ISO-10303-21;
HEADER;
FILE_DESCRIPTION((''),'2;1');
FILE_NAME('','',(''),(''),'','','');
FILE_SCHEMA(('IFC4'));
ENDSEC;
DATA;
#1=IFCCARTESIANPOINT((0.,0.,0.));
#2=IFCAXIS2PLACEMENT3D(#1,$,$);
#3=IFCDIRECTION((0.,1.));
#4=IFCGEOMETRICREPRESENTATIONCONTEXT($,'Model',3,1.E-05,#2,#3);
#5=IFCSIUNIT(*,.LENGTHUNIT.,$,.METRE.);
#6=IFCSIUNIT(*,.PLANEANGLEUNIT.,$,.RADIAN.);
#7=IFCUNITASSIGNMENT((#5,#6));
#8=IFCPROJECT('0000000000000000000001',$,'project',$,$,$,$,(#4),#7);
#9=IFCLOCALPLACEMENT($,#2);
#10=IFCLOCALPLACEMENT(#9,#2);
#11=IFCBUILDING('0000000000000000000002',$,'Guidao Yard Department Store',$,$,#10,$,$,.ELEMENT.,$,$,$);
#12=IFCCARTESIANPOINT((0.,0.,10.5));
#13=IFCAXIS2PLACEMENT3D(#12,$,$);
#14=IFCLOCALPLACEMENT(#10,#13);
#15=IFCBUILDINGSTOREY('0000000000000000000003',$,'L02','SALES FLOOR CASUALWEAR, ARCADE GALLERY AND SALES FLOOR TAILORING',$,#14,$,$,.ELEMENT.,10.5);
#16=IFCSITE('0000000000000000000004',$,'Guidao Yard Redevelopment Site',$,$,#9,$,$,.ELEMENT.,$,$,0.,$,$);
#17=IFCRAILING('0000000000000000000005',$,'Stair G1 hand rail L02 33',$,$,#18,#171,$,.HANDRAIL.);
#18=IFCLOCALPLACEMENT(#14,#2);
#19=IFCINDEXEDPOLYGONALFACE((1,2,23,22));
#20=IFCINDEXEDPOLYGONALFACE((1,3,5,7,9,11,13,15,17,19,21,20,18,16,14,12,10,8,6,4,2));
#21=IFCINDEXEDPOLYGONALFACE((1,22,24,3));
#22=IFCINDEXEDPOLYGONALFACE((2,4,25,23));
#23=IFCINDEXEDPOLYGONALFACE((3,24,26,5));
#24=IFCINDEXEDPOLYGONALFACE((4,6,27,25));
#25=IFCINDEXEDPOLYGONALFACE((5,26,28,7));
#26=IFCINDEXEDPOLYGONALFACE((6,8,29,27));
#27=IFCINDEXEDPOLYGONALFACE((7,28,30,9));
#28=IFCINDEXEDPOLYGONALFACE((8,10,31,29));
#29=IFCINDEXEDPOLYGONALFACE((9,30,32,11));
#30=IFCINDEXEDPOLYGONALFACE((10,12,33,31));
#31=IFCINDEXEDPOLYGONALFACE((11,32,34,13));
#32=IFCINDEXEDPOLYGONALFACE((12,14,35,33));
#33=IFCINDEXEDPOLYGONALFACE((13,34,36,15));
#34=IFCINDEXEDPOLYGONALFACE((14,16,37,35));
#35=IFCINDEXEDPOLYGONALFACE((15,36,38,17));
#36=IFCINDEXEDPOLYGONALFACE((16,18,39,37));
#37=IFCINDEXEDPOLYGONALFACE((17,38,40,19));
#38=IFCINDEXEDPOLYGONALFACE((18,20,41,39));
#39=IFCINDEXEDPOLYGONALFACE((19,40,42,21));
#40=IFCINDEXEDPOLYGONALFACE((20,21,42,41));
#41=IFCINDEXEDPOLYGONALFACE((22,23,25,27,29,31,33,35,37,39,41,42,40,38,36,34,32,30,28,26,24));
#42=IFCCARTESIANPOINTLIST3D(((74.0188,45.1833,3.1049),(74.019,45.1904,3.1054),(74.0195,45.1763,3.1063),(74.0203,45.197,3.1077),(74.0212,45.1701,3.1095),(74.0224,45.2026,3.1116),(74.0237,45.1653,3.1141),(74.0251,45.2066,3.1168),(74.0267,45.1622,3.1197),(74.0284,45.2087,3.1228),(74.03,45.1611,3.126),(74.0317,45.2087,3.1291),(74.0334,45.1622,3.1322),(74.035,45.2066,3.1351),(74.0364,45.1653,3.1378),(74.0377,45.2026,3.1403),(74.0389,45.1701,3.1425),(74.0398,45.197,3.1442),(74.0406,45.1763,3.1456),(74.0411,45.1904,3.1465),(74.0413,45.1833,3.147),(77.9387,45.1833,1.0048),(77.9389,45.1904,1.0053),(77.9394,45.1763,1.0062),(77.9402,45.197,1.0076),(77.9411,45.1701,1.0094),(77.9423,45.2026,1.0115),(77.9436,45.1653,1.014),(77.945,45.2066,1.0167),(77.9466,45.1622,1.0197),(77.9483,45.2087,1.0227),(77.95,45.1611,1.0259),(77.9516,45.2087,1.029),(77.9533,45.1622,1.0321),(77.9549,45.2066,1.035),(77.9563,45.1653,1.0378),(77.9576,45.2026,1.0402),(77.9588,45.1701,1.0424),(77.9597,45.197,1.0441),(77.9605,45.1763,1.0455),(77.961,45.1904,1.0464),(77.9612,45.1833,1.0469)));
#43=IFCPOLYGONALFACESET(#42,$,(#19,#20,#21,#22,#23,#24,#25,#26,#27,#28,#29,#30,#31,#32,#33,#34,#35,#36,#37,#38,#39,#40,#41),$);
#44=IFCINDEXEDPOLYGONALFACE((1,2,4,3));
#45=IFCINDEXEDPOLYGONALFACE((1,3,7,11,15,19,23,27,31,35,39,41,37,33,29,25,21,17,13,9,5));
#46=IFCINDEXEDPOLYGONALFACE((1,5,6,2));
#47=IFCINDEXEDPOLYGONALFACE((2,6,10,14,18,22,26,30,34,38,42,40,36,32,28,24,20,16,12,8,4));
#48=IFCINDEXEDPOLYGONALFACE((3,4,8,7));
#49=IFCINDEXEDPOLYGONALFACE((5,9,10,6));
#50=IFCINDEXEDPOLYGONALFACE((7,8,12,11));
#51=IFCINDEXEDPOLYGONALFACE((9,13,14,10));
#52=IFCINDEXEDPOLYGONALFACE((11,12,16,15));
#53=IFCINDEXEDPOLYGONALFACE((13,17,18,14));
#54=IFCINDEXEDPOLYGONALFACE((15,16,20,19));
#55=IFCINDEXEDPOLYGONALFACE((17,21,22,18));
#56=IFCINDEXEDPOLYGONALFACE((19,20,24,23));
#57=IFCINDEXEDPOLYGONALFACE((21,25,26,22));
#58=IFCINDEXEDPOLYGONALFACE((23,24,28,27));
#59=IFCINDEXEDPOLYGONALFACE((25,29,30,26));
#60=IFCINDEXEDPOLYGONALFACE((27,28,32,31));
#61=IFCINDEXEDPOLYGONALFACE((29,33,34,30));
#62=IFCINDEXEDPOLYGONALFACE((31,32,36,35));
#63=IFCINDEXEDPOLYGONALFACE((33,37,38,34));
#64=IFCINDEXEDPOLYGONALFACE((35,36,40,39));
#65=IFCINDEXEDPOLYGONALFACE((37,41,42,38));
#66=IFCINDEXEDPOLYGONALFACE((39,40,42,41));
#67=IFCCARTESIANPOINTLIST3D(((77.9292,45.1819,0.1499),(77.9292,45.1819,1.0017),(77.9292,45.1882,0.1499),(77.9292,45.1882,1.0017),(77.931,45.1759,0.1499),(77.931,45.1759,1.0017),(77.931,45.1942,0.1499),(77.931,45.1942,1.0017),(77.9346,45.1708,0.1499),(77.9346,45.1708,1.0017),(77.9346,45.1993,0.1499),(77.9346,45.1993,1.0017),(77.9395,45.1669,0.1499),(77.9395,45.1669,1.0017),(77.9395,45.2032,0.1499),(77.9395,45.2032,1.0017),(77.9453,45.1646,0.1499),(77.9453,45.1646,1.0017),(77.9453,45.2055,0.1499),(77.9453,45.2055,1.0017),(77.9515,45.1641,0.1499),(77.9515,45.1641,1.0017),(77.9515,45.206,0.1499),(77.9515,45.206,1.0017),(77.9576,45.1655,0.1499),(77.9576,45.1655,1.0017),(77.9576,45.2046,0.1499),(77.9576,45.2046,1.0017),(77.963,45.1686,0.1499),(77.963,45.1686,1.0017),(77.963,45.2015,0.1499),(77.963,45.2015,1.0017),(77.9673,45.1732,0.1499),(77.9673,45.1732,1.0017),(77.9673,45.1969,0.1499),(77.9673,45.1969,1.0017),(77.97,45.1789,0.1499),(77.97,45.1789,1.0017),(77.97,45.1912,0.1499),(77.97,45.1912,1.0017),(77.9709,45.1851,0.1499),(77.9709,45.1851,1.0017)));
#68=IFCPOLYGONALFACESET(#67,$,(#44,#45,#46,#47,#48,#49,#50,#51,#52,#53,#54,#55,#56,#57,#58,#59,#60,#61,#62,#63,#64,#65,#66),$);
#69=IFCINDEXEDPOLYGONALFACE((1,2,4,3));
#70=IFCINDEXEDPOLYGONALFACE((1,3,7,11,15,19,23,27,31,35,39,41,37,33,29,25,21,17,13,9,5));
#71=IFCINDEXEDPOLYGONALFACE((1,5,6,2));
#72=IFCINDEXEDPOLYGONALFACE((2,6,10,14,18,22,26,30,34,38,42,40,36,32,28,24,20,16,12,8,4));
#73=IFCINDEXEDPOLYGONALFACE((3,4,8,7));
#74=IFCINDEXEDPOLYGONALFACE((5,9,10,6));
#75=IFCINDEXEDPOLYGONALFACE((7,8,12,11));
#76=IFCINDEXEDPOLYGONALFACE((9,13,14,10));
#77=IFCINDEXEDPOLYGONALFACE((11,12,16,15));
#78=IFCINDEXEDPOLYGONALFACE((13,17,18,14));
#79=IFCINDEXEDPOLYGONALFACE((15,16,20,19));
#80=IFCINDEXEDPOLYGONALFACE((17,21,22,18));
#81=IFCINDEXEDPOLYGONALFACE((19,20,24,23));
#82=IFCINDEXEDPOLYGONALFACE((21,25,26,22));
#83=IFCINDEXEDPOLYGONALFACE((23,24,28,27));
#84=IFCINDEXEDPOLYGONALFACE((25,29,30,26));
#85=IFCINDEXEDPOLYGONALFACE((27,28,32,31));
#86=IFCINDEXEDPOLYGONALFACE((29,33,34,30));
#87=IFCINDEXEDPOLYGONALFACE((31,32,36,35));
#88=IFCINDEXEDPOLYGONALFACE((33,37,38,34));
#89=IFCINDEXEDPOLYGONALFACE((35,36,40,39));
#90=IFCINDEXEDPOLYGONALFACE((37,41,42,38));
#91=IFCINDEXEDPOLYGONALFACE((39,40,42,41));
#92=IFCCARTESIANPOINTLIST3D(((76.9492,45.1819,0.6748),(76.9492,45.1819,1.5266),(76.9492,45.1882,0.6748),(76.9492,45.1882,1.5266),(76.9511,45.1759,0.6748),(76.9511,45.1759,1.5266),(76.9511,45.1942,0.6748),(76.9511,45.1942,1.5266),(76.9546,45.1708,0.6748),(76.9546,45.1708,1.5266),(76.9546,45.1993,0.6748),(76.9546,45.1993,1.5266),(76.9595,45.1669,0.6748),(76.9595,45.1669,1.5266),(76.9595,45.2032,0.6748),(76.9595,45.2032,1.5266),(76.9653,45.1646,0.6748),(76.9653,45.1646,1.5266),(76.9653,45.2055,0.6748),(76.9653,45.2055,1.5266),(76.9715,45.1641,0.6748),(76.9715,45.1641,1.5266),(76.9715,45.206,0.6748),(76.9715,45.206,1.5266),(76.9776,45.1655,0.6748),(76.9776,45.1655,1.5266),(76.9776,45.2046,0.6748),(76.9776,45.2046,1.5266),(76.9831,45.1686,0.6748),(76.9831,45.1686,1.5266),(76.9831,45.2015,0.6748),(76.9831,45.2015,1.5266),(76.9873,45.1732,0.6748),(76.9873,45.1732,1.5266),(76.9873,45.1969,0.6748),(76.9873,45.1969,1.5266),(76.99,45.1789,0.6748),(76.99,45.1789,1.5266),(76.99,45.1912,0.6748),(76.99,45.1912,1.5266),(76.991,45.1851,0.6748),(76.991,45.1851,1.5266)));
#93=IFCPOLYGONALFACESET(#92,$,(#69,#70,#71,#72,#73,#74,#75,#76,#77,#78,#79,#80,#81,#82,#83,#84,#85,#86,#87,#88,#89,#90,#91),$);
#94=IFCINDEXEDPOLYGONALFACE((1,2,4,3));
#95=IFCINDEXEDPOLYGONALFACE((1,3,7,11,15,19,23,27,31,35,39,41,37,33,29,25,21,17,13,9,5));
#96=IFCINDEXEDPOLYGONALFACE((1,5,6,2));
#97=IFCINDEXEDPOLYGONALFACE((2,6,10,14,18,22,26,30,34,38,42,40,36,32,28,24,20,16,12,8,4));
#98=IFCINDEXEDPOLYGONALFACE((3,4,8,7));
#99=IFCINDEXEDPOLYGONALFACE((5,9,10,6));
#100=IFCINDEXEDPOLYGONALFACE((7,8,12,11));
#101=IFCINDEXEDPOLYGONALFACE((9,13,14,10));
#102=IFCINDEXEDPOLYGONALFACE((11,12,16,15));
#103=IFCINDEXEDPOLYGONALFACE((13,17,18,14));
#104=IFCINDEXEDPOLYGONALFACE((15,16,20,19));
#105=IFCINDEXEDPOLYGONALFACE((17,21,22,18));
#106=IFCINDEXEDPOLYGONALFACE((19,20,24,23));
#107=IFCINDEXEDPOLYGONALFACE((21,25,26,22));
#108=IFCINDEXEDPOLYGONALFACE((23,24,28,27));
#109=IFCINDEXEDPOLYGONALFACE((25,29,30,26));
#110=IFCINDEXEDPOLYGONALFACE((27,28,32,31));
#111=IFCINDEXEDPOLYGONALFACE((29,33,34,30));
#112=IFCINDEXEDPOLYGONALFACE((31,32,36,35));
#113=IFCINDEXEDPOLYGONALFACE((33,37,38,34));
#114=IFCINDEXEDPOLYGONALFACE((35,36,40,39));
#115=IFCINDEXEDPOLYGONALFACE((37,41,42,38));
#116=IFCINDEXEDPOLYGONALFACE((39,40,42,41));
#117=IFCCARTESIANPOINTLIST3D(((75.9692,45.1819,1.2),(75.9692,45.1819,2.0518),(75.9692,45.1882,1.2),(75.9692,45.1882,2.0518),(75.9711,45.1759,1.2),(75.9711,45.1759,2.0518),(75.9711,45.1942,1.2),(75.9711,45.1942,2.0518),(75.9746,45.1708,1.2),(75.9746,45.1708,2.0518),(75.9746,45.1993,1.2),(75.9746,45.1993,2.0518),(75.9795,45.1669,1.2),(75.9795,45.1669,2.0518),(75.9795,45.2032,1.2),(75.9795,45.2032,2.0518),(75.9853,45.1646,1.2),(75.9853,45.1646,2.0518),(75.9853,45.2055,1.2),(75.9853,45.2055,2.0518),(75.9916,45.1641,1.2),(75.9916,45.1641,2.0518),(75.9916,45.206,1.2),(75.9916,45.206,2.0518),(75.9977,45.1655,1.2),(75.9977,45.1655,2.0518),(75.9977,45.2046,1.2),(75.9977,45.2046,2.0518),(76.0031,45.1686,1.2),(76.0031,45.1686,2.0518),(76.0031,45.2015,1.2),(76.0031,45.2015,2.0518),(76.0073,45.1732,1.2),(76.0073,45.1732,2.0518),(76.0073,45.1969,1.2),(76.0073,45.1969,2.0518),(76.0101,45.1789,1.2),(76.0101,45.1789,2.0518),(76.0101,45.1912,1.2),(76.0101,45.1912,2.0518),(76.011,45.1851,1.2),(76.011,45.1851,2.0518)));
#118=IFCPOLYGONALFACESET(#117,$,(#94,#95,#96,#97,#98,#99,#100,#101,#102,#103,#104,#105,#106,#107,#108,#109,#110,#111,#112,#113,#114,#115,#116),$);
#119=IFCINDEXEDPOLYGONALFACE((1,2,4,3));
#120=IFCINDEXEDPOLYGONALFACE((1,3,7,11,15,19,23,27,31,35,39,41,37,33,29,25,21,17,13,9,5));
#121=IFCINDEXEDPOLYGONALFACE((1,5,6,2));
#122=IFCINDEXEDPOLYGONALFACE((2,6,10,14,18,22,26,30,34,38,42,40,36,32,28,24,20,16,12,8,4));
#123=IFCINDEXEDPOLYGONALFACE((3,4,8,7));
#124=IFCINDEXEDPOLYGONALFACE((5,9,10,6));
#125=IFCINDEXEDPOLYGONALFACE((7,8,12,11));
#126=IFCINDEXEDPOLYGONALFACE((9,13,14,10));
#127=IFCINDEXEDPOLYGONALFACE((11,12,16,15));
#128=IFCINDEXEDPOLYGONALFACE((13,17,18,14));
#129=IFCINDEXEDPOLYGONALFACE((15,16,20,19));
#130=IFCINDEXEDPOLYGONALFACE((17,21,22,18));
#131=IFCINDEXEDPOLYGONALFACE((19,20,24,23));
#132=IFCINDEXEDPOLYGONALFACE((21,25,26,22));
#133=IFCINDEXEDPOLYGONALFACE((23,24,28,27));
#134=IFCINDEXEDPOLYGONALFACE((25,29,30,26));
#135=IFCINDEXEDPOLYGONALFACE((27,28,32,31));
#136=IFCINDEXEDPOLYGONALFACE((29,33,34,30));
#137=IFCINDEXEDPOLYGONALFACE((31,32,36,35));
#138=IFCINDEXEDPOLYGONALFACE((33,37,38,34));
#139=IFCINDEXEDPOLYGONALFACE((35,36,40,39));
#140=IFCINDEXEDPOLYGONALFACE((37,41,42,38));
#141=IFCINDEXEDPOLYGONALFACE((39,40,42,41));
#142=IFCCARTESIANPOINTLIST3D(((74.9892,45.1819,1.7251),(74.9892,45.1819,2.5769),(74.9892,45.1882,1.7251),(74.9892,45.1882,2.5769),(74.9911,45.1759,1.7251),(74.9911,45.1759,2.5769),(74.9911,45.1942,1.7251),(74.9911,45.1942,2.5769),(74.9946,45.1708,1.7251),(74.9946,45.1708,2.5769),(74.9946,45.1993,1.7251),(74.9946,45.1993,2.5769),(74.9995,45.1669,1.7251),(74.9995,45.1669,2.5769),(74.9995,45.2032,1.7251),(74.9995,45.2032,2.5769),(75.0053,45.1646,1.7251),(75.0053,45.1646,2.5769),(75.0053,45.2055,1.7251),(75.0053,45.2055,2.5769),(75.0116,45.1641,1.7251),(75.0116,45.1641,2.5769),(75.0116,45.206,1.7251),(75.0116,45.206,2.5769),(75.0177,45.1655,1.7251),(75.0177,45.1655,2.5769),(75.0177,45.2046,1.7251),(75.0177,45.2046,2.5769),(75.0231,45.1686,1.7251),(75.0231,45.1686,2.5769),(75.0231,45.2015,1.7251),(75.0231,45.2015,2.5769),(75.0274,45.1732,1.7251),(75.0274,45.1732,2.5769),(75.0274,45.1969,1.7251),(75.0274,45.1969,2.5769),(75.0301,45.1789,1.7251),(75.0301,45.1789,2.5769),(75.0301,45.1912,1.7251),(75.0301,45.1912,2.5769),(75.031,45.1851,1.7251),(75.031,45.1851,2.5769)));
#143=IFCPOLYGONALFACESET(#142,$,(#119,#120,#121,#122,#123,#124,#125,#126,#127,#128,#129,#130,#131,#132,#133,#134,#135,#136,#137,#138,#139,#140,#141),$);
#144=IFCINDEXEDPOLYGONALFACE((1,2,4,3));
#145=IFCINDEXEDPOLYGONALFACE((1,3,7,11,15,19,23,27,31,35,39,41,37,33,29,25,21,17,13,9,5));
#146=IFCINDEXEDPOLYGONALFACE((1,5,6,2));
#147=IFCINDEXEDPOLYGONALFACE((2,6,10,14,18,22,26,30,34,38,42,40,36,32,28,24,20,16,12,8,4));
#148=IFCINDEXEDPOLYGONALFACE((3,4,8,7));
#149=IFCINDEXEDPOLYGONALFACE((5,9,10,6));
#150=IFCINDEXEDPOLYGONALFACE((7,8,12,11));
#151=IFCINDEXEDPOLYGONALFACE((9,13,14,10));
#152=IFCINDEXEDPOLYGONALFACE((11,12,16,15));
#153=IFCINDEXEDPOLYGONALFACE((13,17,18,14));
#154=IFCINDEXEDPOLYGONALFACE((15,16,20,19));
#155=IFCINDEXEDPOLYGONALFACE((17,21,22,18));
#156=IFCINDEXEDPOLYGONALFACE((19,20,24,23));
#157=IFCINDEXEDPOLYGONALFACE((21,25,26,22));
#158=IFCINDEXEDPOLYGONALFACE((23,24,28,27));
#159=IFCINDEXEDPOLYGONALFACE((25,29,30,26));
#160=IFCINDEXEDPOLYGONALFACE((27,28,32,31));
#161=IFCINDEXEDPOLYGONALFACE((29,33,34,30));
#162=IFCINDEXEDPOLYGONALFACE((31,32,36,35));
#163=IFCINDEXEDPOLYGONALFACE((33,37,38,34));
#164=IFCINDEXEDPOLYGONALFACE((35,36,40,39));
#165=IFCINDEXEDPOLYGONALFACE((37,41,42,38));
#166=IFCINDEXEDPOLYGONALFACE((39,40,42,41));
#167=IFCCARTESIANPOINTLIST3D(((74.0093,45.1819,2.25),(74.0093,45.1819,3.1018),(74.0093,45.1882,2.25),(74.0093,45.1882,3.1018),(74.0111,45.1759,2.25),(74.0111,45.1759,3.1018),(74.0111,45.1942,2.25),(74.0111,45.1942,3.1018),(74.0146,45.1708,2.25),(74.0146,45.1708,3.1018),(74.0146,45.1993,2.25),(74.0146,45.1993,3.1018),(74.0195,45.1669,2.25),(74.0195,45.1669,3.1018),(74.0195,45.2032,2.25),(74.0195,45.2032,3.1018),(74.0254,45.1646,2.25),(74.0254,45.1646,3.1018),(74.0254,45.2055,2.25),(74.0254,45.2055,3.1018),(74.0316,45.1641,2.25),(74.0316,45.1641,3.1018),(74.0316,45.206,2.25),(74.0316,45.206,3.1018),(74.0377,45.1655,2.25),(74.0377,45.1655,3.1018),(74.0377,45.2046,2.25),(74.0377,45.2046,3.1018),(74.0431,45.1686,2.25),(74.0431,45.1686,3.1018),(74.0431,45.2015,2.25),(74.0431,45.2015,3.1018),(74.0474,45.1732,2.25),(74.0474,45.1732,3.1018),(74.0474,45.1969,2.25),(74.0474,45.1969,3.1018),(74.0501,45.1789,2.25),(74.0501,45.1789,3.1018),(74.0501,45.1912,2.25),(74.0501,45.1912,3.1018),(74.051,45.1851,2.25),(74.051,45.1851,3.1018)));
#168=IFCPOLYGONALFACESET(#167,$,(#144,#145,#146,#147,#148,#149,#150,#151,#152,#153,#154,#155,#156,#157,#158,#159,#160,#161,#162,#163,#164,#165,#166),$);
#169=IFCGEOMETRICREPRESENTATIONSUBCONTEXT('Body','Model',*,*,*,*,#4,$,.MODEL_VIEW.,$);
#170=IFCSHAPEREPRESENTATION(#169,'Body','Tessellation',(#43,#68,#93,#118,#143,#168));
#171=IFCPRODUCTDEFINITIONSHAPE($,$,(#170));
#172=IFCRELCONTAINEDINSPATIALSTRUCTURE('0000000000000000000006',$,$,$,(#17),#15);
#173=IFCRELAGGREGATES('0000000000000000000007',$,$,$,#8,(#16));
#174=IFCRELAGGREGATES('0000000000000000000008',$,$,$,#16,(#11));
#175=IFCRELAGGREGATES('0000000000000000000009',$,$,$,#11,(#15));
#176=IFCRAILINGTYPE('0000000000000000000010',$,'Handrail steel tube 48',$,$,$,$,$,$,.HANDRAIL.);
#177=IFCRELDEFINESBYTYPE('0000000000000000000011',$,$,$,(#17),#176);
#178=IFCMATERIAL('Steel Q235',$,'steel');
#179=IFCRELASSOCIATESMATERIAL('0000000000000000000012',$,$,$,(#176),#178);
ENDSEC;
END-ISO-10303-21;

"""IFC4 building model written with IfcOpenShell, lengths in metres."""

from ifc_helpers import new_model, si_unit, direction, frame, origin, origin_2d, place, context, subcontext, project, spatial, circle, extrude, material, type_object, element, save


model = new_model("IFC4")

# Units and contexts
model_context = context("Model", 3, precision=1e-05, world=origin(), true_north=direction((0.0, 1.0)))
body_context = subcontext(model_context, "Body", "Model", "MODEL_VIEW")
ifc_project = project(units=[si_unit("LENGTHUNIT", "METRE"), si_unit("PLANEANGLEUNIT", "RADIAN")], contexts=[model_context])

# Site, building, storey
site_placement = place(None, origin())
site = spatial("IfcSite", under=ifc_project, at=site_placement, Name="Guidao Yard Redevelopment Site", CompositionType="ELEMENT", RefElevation=0.0)
building_placement = place(site_placement, origin())
building = spatial("IfcBuilding", under=site, at=building_placement, Name="Guidao Yard Department Store", CompositionType="ELEMENT")
storey_placement = place(building_placement, frame((0.0, 0.0, 10.5)))
storey = spatial("IfcBuildingStorey", under=building, at=storey_placement, Name="L02", Description="SALES FLOOR CASUALWEAR, ARCADE GALLERY AND SALES FLOOR TAILORING", CompositionType="ELEMENT", Elevation=10.5)

# Railing
ifc_material_1 = material(Name="Steel Q235", Category="steel")
railing_type_1 = type_object("IfcRailingType", Name="Handrail steel tube 48", PredefinedType="HANDRAIL", material=ifc_material_1)
for number, where, name in (
    (1, (77.95, 45.1851, 0.1499), "Stair G1 hand rail L02 33"),
):
    element("IfcRailing", number, at=place(storey_placement, frame(where)), inside=storey, type_object=railing_type_1, Name=name, PredefinedType="HANDRAIL", context=body_context, shape_type="SweptSolid", body=[
        extrude(circle(Radius=0.0239, at=origin_2d()), frame((0.0, 0.0, 0.876), z_axis=(-0.881467, 0.0, 0.472246), x_axis=(0.0, -1.0, 0.0)), (0.0, 0.0, 1.0), 4.447),
        extrude(circle(Radius=0.021, at=origin_2d()), origin(), (0.0, 0.0, 1.0), 0.8518),
        extrude(circle(Radius=0.021, at=origin_2d()), frame((-0.98, 0.0, 0.5249)), (0.0, 0.0, 1.0), 0.8518),
        extrude(circle(Radius=0.021, at=origin_2d()), frame((-1.96, 0.0, 1.05)), (0.0, 0.0, 1.0), 0.8518),
        extrude(circle(Radius=0.021, at=origin_2d()), frame((-2.9399, 0.0, 1.5752)), (0.0, 0.0, 1.0), 0.8518),
        extrude(circle(Radius=0.021, at=origin_2d()), frame((-3.9199, 0.0, 2.1001)), (0.0, 0.0, 1.0), 0.8518),
    ])

save(model, "model.ifc")
